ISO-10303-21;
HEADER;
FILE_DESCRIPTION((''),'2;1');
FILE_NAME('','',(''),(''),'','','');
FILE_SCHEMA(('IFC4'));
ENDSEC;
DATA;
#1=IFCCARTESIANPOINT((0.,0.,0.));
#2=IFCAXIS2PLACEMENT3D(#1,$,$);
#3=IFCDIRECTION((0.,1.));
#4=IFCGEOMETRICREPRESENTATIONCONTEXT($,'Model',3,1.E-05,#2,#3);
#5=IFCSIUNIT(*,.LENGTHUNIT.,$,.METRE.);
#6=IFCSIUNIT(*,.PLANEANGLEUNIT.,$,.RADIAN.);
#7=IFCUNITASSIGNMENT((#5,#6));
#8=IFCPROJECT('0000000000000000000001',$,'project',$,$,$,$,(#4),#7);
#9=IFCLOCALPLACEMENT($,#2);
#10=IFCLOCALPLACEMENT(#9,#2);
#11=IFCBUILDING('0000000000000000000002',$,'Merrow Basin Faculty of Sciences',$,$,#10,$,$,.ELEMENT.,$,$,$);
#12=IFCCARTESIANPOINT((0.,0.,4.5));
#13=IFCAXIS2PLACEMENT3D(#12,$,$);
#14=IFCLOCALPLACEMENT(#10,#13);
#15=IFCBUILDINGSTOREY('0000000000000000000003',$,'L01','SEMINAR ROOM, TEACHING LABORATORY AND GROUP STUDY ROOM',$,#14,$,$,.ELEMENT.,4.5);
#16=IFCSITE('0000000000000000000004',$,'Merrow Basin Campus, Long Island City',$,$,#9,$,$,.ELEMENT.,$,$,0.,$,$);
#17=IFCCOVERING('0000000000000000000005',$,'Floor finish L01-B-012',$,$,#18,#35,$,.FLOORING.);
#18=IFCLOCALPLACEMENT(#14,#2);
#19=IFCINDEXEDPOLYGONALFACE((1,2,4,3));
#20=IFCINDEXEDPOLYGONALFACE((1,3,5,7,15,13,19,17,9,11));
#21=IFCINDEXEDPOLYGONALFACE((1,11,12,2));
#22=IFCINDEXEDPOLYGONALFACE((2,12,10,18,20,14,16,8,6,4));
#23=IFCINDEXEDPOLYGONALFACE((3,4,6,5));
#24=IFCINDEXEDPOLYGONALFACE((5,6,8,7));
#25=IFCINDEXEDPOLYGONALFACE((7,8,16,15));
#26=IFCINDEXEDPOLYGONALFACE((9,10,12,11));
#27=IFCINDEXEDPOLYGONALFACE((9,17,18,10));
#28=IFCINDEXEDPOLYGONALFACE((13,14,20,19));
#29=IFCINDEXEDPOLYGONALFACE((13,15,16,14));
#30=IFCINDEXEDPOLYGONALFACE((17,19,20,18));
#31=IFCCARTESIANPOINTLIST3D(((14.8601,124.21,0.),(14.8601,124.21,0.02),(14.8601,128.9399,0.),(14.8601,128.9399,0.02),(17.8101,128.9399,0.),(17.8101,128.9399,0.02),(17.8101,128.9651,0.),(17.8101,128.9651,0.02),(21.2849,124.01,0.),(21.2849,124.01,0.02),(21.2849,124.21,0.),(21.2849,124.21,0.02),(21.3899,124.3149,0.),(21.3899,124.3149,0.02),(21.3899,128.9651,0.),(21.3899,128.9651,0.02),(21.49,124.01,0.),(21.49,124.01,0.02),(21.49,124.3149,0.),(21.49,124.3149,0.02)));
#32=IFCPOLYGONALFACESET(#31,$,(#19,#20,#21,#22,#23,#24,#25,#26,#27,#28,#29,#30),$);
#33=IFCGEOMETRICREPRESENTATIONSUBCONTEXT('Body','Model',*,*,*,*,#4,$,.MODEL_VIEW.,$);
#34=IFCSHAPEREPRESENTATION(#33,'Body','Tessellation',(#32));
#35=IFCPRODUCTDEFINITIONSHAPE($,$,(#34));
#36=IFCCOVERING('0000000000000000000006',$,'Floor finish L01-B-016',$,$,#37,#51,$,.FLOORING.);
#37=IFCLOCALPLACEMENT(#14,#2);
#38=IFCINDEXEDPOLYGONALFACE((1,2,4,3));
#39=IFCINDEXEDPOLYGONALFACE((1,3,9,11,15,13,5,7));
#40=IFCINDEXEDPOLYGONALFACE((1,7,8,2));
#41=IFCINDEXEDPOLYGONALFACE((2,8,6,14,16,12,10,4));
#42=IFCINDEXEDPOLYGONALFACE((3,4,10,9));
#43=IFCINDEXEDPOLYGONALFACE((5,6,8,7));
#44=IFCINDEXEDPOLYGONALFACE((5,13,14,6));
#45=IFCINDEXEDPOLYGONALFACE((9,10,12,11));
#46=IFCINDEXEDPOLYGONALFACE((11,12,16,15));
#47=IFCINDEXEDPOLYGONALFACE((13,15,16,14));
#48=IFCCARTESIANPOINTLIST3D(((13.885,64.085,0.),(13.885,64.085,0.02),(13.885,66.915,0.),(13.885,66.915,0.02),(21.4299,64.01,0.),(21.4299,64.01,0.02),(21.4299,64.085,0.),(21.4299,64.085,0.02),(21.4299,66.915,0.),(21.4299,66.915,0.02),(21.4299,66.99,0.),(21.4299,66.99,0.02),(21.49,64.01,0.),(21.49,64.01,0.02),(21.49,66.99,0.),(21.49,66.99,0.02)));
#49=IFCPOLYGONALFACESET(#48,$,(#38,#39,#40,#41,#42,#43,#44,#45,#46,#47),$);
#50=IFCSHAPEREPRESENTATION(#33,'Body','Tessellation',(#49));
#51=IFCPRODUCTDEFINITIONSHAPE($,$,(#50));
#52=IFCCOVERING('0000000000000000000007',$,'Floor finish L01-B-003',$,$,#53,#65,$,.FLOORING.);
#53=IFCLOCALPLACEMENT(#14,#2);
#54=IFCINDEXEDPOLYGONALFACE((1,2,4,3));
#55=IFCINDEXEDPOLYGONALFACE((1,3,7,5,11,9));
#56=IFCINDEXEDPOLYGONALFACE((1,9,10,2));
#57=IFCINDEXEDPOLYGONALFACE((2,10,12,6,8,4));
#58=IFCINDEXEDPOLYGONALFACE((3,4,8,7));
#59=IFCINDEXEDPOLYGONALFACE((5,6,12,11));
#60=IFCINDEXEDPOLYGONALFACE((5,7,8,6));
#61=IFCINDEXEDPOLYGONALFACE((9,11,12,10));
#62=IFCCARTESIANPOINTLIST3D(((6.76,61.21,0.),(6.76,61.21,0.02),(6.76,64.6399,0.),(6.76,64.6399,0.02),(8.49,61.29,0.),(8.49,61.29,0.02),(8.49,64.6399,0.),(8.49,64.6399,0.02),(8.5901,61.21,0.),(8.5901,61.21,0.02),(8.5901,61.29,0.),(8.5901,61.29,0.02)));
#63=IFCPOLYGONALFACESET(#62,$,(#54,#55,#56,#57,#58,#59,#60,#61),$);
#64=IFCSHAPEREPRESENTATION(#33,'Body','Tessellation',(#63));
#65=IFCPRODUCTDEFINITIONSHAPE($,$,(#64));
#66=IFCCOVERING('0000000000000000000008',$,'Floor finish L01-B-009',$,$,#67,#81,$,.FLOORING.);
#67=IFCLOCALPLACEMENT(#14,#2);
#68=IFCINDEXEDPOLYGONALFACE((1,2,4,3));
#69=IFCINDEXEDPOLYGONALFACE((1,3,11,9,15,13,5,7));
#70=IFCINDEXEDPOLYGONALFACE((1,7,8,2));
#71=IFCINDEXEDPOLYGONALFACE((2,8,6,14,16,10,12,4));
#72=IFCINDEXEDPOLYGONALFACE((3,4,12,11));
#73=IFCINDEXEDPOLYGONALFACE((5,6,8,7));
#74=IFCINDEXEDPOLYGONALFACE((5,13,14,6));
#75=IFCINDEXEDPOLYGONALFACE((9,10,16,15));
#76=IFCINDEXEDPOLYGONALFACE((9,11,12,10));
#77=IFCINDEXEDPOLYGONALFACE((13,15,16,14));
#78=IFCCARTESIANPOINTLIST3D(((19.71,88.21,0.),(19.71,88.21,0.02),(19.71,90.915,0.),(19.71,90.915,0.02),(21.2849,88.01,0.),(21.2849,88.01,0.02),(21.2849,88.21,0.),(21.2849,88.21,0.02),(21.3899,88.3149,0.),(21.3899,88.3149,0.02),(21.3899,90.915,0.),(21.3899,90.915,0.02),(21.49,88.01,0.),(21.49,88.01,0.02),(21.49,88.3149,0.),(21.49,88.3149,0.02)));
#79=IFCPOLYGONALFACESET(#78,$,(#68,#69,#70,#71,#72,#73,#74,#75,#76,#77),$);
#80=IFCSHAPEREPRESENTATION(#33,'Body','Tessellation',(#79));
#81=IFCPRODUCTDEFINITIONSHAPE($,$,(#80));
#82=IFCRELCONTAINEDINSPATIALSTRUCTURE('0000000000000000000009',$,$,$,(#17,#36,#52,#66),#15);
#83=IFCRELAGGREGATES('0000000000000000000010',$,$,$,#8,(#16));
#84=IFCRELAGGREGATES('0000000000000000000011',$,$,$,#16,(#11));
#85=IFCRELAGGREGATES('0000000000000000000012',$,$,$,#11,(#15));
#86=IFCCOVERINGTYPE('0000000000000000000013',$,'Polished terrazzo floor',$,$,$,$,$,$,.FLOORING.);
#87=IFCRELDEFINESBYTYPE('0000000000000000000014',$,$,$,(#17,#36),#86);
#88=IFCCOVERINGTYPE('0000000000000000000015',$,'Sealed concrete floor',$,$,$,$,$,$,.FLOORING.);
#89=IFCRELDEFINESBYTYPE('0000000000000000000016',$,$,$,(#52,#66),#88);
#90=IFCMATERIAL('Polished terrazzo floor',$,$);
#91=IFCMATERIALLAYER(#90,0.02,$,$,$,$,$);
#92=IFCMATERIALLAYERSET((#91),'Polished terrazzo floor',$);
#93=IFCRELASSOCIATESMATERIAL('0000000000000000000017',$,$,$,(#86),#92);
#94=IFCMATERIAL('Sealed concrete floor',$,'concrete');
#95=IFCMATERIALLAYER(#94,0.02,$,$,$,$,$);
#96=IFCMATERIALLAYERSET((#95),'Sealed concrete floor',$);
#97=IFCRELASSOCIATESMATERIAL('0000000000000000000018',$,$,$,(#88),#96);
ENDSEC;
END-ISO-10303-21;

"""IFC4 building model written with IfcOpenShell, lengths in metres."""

from ifc_helpers import new_model, si_unit, direction, frame, origin, place, context, subcontext, project, spatial, polyline, outline, extrude, material, layer, layer_set, type_object, element, save


model = new_model("IFC4")

# Units and contexts
model_context = context("Model", 3, precision=1e-05, world=origin(), true_north=direction((0.0, 1.0)))
body_context = subcontext(model_context, "Body", "Model", "MODEL_VIEW")
ifc_project = project(units=[si_unit("LENGTHUNIT", "METRE"), si_unit("PLANEANGLEUNIT", "RADIAN")], contexts=[model_context])

# Site, building, storey
site_placement = place(None, origin())
site = spatial("IfcSite", under=ifc_project, at=site_placement, Name="Merrow Basin Campus, Long Island City", CompositionType="ELEMENT", RefElevation=0.0)
building_placement = place(site_placement, origin())
building = spatial("IfcBuilding", under=site, at=building_placement, Name="Merrow Basin Faculty of Sciences", CompositionType="ELEMENT")
storey_placement = place(building_placement, frame((0.0, 0.0, 4.5)))
storey = spatial("IfcBuildingStorey", under=building, at=storey_placement, Name="L01", Description="SEMINAR ROOM, TEACHING LABORATORY AND GROUP STUDY ROOM", CompositionType="ELEMENT", Elevation=4.5)

# Coverings
ifc_material_1 = material(Name="Polished terrazzo floor")
ifc_layer_1 = layer(ifc_material_1, 0.02)
ifc_layer_set_1 = layer_set([ifc_layer_1], Name="Polished terrazzo floor")
covering_type_1 = type_object("IfcCoveringType", Name="Polished terrazzo floor", PredefinedType="FLOORING", material=ifc_layer_set_1)
covering_1_placement = place(storey_placement, origin())
element("IfcCovering", 1, at=covering_1_placement, inside=storey, type_object=covering_type_1, Name="Floor finish L01-B-012", PredefinedType="FLOORING", context=body_context, shape_type="SweptSolid", body=[
    extrude(outline(polyline([(21.3899, 128.9651), (21.3899, 124.3149), (21.49, 124.3149), (21.49, 124.01), (21.2849, 124.01), (21.2849, 124.21), (14.8601, 124.21), (14.8601, 128.9399), (17.8101, 128.9399), (17.8101, 128.9651), (21.3899, 128.9651)])), origin(), (0.0, 0.0, 1.0), 0.02),
])
covering_2_placement = place(storey_placement, origin())
element("IfcCovering", 2, at=covering_2_placement, inside=storey, type_object=covering_type_1, Name="Floor finish L01-B-016", PredefinedType="FLOORING", context=body_context, shape_type="SweptSolid", body=[
    extrude(outline(polyline([(21.49, 66.99), (21.49, 64.01), (21.4299, 64.01), (21.4299, 64.085), (13.885, 64.085), (13.885, 66.915), (21.4299, 66.915), (21.4299, 66.99), (21.49, 66.99)])), origin(), (0.0, 0.0, 1.0), 0.02),
])
ifc_material_2 = material(Name="Sealed concrete floor", Category="concrete")
ifc_layer_2 = layer(ifc_material_2, 0.02)
ifc_layer_set_2 = layer_set([ifc_layer_2], Name="Sealed concrete floor")
covering_type_2 = type_object("IfcCoveringType", Name="Sealed concrete floor", PredefinedType="FLOORING", material=ifc_layer_set_2)
covering_3_placement = place(storey_placement, origin())
element("IfcCovering", 3, at=covering_3_placement, inside=storey, type_object=covering_type_2, Name="Floor finish L01-B-003", PredefinedType="FLOORING", context=body_context, shape_type="SweptSolid", body=[
    extrude(outline(polyline([(8.5901, 61.21), (6.76, 61.21), (6.76, 64.6399), (8.49, 64.6399), (8.49, 61.29), (8.5901, 61.29), (8.5901, 61.21)])), origin(), (0.0, 0.0, 1.0), 0.02),
])
covering_4_placement = place(storey_placement, origin())
element("IfcCovering", 4, at=covering_4_placement, inside=storey, type_object=covering_type_2, Name="Floor finish L01-B-009", PredefinedType="FLOORING", context=body_context, shape_type="SweptSolid", body=[
    extrude(outline(polyline([(21.3899, 90.915), (21.3899, 88.3149), (21.49, 88.3149), (21.49, 88.01), (21.2849, 88.01), (21.2849, 88.21), (19.71, 88.21), (19.71, 90.915), (21.3899, 90.915)])), origin(), (0.0, 0.0, 1.0), 0.02),
])

save(model, "model.ifc")
